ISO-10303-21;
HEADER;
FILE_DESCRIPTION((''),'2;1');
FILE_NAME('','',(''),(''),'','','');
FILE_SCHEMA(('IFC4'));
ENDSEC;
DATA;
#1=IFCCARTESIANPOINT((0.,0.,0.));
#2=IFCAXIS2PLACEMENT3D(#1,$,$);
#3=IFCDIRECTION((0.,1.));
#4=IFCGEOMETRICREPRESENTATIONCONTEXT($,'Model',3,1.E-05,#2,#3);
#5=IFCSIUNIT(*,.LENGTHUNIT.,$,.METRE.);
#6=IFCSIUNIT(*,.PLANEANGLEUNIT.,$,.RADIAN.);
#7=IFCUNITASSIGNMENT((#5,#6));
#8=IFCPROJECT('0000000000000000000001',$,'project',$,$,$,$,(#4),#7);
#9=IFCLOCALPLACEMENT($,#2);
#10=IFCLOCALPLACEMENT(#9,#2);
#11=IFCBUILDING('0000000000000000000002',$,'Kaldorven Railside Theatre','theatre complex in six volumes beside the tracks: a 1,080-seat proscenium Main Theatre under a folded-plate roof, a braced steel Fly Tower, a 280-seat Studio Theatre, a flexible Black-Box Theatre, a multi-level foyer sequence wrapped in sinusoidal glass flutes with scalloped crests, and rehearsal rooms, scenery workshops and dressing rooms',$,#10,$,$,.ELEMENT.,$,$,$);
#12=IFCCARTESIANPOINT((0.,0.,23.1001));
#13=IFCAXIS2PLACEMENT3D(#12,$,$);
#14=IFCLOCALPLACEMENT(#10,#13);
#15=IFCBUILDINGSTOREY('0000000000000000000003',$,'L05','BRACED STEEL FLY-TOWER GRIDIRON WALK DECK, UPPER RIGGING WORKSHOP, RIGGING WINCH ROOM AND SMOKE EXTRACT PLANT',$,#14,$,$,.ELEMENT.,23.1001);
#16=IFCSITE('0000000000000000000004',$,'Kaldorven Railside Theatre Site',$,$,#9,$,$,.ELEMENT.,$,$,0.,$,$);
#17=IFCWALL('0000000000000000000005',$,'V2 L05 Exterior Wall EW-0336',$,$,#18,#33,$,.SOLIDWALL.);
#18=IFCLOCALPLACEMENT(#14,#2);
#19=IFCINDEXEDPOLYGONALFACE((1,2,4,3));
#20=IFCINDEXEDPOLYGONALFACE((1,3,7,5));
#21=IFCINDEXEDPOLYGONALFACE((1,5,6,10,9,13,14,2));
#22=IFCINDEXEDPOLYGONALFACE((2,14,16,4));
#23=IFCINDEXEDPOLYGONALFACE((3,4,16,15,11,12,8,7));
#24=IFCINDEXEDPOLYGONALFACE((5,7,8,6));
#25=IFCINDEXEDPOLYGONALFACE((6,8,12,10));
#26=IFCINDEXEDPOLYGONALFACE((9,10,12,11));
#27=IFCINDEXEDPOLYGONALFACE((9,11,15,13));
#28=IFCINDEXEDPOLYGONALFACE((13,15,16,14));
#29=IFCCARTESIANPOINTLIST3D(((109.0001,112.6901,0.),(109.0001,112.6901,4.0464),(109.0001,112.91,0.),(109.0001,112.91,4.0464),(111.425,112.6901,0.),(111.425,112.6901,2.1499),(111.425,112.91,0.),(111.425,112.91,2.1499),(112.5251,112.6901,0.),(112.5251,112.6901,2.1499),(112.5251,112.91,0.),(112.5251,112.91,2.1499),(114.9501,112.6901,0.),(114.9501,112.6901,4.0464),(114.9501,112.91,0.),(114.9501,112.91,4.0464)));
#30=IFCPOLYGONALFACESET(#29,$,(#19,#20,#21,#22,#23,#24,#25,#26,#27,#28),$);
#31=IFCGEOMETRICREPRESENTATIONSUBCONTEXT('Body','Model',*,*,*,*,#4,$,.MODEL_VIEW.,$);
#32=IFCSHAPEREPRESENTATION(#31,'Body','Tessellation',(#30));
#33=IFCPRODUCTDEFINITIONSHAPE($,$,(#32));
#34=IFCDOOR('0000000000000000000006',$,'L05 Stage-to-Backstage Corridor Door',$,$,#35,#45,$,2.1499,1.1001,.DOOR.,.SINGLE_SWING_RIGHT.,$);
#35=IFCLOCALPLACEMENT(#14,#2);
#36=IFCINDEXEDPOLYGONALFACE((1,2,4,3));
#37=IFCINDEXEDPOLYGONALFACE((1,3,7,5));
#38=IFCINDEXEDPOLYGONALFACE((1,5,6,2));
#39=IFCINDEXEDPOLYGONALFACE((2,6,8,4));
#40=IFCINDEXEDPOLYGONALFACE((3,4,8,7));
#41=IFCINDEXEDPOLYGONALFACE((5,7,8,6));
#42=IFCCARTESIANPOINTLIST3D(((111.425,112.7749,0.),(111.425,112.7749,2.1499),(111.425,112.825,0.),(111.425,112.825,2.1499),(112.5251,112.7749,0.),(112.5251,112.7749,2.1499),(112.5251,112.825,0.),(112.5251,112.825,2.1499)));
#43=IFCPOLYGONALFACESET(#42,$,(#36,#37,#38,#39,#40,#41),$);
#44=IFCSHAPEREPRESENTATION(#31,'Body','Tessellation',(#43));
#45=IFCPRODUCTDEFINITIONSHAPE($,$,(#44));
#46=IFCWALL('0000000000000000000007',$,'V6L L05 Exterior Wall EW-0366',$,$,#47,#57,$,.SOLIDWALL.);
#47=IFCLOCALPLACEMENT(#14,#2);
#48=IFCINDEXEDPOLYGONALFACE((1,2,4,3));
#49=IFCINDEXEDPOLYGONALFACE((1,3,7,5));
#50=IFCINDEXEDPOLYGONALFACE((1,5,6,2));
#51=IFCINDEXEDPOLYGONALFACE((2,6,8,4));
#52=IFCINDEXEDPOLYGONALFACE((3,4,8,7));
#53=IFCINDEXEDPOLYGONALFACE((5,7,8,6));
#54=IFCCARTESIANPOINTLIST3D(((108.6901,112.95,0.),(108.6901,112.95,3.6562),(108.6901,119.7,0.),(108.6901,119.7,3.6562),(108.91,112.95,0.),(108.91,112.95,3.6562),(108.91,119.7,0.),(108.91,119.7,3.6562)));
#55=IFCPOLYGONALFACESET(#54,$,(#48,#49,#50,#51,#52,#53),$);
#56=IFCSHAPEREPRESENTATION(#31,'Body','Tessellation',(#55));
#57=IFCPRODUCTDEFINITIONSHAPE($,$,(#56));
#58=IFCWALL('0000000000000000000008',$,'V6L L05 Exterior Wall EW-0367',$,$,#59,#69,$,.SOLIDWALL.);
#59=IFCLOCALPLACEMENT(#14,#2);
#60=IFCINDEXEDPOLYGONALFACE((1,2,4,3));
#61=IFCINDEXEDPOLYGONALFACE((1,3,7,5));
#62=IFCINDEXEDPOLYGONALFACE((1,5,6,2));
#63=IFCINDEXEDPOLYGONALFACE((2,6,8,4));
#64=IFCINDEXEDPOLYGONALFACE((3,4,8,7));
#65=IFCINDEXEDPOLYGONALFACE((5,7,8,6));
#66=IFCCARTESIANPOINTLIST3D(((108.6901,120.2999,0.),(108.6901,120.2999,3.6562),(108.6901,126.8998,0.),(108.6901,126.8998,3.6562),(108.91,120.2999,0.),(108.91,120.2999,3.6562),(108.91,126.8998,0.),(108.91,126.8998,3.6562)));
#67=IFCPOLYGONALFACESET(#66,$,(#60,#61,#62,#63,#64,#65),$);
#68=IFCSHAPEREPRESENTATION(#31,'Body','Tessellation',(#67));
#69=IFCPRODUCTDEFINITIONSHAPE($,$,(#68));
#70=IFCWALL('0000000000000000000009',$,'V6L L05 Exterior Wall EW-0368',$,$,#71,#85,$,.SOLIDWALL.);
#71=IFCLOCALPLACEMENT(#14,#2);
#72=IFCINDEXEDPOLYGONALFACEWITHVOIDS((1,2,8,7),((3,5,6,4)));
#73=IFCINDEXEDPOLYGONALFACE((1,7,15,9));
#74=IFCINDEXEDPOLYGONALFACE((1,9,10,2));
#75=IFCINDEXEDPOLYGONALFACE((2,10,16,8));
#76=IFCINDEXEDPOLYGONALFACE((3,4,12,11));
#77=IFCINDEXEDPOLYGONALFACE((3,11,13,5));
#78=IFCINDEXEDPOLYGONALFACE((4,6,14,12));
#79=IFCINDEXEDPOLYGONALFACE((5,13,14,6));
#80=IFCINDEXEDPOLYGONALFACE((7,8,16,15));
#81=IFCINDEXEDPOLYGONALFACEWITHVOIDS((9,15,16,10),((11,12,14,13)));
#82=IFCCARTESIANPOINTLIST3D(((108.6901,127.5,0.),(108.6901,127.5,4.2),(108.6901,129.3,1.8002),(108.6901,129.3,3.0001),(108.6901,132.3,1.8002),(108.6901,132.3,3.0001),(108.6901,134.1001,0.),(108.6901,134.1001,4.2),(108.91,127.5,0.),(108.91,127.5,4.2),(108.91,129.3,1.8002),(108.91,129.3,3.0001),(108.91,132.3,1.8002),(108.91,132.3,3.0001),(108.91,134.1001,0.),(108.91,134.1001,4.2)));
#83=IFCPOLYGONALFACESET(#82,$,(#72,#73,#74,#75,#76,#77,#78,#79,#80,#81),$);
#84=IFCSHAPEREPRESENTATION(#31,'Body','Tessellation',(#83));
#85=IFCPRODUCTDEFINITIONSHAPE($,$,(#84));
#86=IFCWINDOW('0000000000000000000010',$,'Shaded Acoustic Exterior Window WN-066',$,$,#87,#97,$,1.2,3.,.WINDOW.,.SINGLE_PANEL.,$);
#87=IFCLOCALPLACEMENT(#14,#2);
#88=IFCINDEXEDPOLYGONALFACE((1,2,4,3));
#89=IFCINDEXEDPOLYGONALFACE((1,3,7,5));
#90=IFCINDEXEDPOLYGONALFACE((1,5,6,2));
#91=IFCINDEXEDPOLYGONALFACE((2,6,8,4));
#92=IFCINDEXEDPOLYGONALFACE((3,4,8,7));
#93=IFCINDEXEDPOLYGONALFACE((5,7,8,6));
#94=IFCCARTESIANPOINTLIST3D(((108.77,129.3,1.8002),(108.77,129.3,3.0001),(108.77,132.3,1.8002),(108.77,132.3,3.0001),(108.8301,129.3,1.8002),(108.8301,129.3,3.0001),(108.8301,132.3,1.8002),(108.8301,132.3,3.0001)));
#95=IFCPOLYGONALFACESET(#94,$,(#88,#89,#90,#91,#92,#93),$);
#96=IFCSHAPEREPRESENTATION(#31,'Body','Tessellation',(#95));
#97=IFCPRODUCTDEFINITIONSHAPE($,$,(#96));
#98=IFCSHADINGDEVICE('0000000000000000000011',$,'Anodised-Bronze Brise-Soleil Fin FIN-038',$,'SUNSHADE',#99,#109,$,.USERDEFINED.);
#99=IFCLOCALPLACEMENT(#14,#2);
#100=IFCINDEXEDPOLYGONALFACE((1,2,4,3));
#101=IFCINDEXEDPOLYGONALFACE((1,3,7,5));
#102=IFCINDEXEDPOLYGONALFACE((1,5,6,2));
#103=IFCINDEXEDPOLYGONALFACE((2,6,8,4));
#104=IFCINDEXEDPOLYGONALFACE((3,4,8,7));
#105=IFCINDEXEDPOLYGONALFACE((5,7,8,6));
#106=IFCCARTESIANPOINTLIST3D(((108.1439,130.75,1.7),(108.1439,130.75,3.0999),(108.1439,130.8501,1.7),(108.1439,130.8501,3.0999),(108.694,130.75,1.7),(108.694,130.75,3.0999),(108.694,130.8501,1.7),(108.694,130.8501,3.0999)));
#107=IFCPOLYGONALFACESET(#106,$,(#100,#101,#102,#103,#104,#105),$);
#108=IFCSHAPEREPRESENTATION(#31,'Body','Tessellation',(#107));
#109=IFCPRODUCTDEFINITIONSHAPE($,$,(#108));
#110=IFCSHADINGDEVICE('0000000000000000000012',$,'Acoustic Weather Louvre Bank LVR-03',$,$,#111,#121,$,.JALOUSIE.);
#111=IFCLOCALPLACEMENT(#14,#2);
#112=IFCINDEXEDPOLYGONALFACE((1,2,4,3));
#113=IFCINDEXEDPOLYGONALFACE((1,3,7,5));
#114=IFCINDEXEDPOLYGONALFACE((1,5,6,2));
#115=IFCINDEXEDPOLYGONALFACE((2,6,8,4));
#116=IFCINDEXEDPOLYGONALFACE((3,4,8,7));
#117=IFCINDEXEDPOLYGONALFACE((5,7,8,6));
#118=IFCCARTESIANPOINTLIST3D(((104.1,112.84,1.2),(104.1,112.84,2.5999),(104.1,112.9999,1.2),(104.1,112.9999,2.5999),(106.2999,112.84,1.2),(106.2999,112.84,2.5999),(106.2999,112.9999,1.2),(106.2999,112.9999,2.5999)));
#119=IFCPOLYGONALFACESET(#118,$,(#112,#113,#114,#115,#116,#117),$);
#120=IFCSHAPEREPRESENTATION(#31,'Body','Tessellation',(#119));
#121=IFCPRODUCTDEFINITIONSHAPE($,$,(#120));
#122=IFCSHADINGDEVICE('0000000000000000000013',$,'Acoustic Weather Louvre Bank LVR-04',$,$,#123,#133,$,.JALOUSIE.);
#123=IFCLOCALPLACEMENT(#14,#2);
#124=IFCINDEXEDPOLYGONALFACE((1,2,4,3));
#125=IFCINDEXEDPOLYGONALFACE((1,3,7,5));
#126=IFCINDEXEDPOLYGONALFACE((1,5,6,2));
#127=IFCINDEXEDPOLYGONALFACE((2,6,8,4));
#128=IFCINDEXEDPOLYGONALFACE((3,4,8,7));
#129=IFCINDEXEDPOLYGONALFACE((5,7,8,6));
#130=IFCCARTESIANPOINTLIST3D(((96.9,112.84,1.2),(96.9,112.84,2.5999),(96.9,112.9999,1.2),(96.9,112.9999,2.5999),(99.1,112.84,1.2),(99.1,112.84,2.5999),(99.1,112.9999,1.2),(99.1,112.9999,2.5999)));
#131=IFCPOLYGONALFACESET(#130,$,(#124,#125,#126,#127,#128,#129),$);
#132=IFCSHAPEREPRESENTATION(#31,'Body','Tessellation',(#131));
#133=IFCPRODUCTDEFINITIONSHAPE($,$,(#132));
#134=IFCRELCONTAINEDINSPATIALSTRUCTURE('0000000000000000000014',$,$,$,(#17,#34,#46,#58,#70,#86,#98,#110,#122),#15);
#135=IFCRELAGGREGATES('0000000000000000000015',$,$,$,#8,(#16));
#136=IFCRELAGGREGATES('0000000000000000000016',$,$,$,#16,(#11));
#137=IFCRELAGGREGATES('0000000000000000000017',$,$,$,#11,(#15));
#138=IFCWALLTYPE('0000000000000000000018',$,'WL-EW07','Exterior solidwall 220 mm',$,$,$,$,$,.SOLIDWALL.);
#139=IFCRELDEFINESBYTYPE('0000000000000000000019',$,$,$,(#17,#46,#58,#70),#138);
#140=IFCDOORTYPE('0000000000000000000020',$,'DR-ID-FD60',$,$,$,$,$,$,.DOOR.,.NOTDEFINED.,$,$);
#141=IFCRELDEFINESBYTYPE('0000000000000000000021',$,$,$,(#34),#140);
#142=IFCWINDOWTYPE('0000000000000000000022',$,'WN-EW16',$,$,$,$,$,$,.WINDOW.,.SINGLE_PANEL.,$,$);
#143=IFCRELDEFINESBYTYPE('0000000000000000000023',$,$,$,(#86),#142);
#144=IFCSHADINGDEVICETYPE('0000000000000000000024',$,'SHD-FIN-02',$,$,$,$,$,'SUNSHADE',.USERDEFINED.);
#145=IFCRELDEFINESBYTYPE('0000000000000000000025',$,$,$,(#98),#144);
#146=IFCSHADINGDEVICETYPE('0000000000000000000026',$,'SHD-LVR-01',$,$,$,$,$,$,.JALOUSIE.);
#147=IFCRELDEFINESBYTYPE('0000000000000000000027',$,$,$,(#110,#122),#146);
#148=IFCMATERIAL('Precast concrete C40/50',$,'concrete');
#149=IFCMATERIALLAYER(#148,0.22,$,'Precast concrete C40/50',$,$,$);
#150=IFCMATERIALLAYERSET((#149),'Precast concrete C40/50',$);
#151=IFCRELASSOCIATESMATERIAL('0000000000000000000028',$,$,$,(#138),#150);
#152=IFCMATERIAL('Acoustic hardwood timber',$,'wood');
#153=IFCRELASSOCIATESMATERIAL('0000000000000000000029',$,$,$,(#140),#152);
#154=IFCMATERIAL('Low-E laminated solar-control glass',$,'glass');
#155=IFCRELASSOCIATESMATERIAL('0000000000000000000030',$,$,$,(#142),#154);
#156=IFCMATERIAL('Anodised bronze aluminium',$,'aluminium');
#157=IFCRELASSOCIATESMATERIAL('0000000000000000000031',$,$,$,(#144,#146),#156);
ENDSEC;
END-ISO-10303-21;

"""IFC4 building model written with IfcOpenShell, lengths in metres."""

from ifc_helpers import new_model, si_unit, direction, frame, frame_2d, origin, origin_2d, place, context, subcontext, project, spatial, rectangle, extrude, material, layer, layer_set, type_object, element, fill, save


model = new_model("IFC4")

# Units and contexts
model_context = context("Model", 3, precision=1e-05, world=origin(), true_north=direction((0.0, 1.0)))
body_context = subcontext(model_context, "Body", "Model", "MODEL_VIEW")
ifc_project = project(units=[si_unit("LENGTHUNIT", "METRE"), si_unit("PLANEANGLEUNIT", "RADIAN")], contexts=[model_context])

# Site, building, storey
site_placement = place(None, origin())
site = spatial("IfcSite", under=ifc_project, at=site_placement, Name="Kaldorven Railside Theatre Site", CompositionType="ELEMENT", RefElevation=0.0)
building_placement = place(site_placement, origin())
building = spatial("IfcBuilding", under=site, at=building_placement, Name="Kaldorven Railside Theatre", Description="theatre complex in six volumes beside the tracks: a 1,080-seat proscenium Main Theatre under a folded-plate roof, a braced steel Fly Tower, a 280-seat Studio Theatre, a flexible Black-Box Theatre, a multi-level foyer sequence wrapped in sinusoidal glass flutes with scalloped crests, and rehearsal rooms, scenery workshops and dressing rooms", CompositionType="ELEMENT")
storey_placement = place(building_placement, frame((0.0, 0.0, 23.1001)))
storey = spatial("IfcBuildingStorey", under=building, at=storey_placement, Name="L05", Description="BRACED STEEL FLY-TOWER GRIDIRON WALK DECK, UPPER RIGGING WORKSHOP, RIGGING WINCH ROOM AND SMOKE EXTRACT PLANT", CompositionType="ELEMENT", Elevation=23.1001)

# Shared definitions
ifc_material_1 = material(Name="Precast concrete C40/50", Category="concrete")
ifc_layer_1 = layer(ifc_material_1, 0.22, Name="Precast concrete C40/50")
ifc_layer_set_1 = layer_set([ifc_layer_1], Name="Precast concrete C40/50")
wall_type_1 = type_object("IfcWallType", Name="WL-EW07", Description="Exterior solidwall 220 mm", PredefinedType="SOLIDWALL", material=ifc_layer_set_1)

# Wall, opening, door
wall_1_placement = place(storey_placement, frame((109.0, 112.8, 0.0), z_axis=(0.0, 0.0, 1.0), x_axis=(1.0, 0.0, 0.0)))
wall_1 = element("IfcWall", 1, at=wall_1_placement, inside=storey, type_object=wall_type_1, Name="V2 L05 Exterior Wall EW-0336", PredefinedType="SOLIDWALL", context=body_context, shape_type="SweptSolid", body=[
    extrude(rectangle(XDim=5.95, YDim=0.22, at=frame_2d((2.9751, 0.0))), origin(), (0.0, 0.0, 1.0), 4.0464),
])
opening_1_placement = place(wall_1_placement, frame((2.425, 0.0, 0.0)))
opening_1 = element("IfcOpeningElement", 2, at=opening_1_placement, cuts=wall_1, PredefinedType="OPENING", context=body_context, shape_type="SweptSolid", body=[
    extrude(rectangle(XDim=1.1001, YDim=2.1499, at=frame_2d((0.55, 1.075))), frame((0.0, 0.1201, 0.0), z_axis=(0.0, -1.0, 0.0), x_axis=(1.0, 0.0, 0.0)), (0.0, 0.0, 1.0), 0.24),
])
ifc_material_2 = material(Name="Acoustic hardwood timber", Category="wood")
door_type_1 = type_object("IfcDoorType", Name="DR-ID-FD60", OperationType="NOTDEFINED", PredefinedType="DOOR", material=ifc_material_2)
door_1_placement = place(opening_1_placement, origin())
door_1 = element("IfcDoor", 3, at=door_1_placement, inside=storey, type_object=door_type_1, Name="L05 Stage-to-Backstage Corridor Door", OperationType="SINGLE_SWING_RIGHT", OverallHeight=2.1499, OverallWidth=1.1001, PredefinedType="DOOR", context=body_context, shape_type="SweptSolid", body=[
    extrude(rectangle(XDim=1.1001, YDim=2.1499, at=frame_2d((0.55, 1.075))), frame((0.0, 0.0249, 0.0), z_axis=(0.0, -1.0, 0.0), x_axis=(1.0, 0.0, 0.0)), (0.0, 0.0, 1.0), 0.05),
])
fill(opening_1, door_1)

# Walls
wall_2_placement = place(storey_placement, frame((108.8, 112.95, 0.0), z_axis=(0.0, 0.0, 1.0), x_axis=(0.0, 1.0, 0.0)))
element("IfcWall", 4, at=wall_2_placement, inside=storey, type_object=wall_type_1, Name="V6L L05 Exterior Wall EW-0366", PredefinedType="SOLIDWALL", context=body_context, shape_type="SweptSolid", body=[
    extrude(rectangle(XDim=6.75, YDim=0.22, at=frame_2d((3.375, 0.0))), origin(), (0.0, 0.0, 1.0), 3.6562),
])
wall_3_placement = place(storey_placement, frame((108.8, 120.3, 0.0), z_axis=(0.0, 0.0, 1.0), x_axis=(0.0, 1.0, 0.0)))
element("IfcWall", 5, at=wall_3_placement, inside=storey, type_object=wall_type_1, Name="V6L L05 Exterior Wall EW-0367", PredefinedType="SOLIDWALL", context=body_context, shape_type="SweptSolid", body=[
    extrude(rectangle(XDim=6.5999, YDim=0.22, at=frame_2d((3.2998, 0.0))), origin(), (0.0, 0.0, 1.0), 3.6562),
])

# Wall, opening, window
wall_4_placement = place(storey_placement, frame((108.8, 127.5, 0.0), z_axis=(0.0, 0.0, 1.0), x_axis=(0.0, 1.0, 0.0)))
wall_4 = element("IfcWall", 6, at=wall_4_placement, inside=storey, type_object=wall_type_1, Name="V6L L05 Exterior Wall EW-0368", PredefinedType="SOLIDWALL", context=body_context, shape_type="SweptSolid", body=[
    extrude(rectangle(XDim=6.6001, YDim=0.22, at=frame_2d((3.3, 0.0))), origin(), (0.0, 0.0, 1.0), 4.2),
])
opening_2_placement = place(wall_4_placement, frame((1.8, 0.0, 1.8)))
opening_2 = element("IfcOpeningElement", 7, at=opening_2_placement, cuts=wall_4, PredefinedType="OPENING", context=body_context, shape_type="SweptSolid", body=[
    extrude(rectangle(XDim=3.0, YDim=1.2, at=frame_2d((1.5, 0.6001))), frame((0.0, 0.1201, 0.0), z_axis=(0.0, -1.0, 0.0), x_axis=(1.0, 0.0, 0.0)), (0.0, 0.0, 1.0), 0.24),
])
ifc_material_3 = material(Name="Low-E laminated solar-control glass", Category="glass")
window_type = type_object("IfcWindowType", Name="WN-EW16", PartitioningType="SINGLE_PANEL", PredefinedType="WINDOW", material=ifc_material_3)
window_placement = place(opening_2_placement, origin())
window = element("IfcWindow", 8, at=window_placement, inside=storey, type_object=window_type, Name="Shaded Acoustic Exterior Window WN-066", OverallHeight=1.2, OverallWidth=3.0, PartitioningType="SINGLE_PANEL", PredefinedType="WINDOW", context=body_context, shape_type="SweptSolid", body=[
    extrude(rectangle(XDim=3.0, YDim=1.2, at=frame_2d((1.5, 0.6001))), frame((0.0, 0.03, 0.0), z_axis=(0.0, -1.0, 0.0), x_axis=(1.0, 0.0, 0.0)), (0.0, 0.0, 1.0), 0.0601),
])
fill(opening_2, window)

# Shading devices
ifc_material_4 = material(Name="Anodised bronze aluminium", Category="aluminium")
shading_device_type_1 = type_object("IfcShadingDeviceType", Name="SHD-FIN-02", ElementType="SUNSHADE", PredefinedType="USERDEFINED", material=ifc_material_4)
shading_device_placement = place(storey_placement, frame((108.4189, 130.8, 1.7), z_axis=(0.0, 0.0, 1.0), x_axis=(0.0, 1.0, 0.0)))
element("IfcShadingDevice", 9, at=shading_device_placement, inside=storey, type_object=shading_device_type_1, Name="Anodised-Bronze Brise-Soleil Fin FIN-038", ObjectType="SUNSHADE", PredefinedType="USERDEFINED", context=body_context, shape_type="SweptSolid", body=[
    extrude(rectangle(XDim=0.1001, YDim=0.55, at=origin_2d()), origin(), (0.0, 0.0, 1.0), 1.3999),
])
shading_device_type_2 = type_object("IfcShadingDeviceType", Name="SHD-LVR-01", PredefinedType="JALOUSIE", material=ifc_material_4)
for number, where, z_axis, x_axis, name in (
    (10, (105.2, 112.9199, 1.2), (0.0, 0.0, 1.0), (1.0, 0.0, 0.0), "Acoustic Weather Louvre Bank LVR-03"),
    (11, (98.0, 112.9199, 1.2), (0.0, 0.0, 1.0), (1.0, 0.0, 0.0), "Acoustic Weather Louvre Bank LVR-04"),
):
    element("IfcShadingDevice", number, at=place(storey_placement, frame(where, z_axis=z_axis, x_axis=x_axis)), inside=storey, type_object=shading_device_type_2, Name=name, PredefinedType="JALOUSIE", context=body_context, shape_type="SweptSolid", body=[
        extrude(rectangle(XDim=2.2, YDim=0.1599, at=origin_2d()), origin(), (0.0, 0.0, 1.0), 1.3999),
    ])

save(model, "model.ifc")
